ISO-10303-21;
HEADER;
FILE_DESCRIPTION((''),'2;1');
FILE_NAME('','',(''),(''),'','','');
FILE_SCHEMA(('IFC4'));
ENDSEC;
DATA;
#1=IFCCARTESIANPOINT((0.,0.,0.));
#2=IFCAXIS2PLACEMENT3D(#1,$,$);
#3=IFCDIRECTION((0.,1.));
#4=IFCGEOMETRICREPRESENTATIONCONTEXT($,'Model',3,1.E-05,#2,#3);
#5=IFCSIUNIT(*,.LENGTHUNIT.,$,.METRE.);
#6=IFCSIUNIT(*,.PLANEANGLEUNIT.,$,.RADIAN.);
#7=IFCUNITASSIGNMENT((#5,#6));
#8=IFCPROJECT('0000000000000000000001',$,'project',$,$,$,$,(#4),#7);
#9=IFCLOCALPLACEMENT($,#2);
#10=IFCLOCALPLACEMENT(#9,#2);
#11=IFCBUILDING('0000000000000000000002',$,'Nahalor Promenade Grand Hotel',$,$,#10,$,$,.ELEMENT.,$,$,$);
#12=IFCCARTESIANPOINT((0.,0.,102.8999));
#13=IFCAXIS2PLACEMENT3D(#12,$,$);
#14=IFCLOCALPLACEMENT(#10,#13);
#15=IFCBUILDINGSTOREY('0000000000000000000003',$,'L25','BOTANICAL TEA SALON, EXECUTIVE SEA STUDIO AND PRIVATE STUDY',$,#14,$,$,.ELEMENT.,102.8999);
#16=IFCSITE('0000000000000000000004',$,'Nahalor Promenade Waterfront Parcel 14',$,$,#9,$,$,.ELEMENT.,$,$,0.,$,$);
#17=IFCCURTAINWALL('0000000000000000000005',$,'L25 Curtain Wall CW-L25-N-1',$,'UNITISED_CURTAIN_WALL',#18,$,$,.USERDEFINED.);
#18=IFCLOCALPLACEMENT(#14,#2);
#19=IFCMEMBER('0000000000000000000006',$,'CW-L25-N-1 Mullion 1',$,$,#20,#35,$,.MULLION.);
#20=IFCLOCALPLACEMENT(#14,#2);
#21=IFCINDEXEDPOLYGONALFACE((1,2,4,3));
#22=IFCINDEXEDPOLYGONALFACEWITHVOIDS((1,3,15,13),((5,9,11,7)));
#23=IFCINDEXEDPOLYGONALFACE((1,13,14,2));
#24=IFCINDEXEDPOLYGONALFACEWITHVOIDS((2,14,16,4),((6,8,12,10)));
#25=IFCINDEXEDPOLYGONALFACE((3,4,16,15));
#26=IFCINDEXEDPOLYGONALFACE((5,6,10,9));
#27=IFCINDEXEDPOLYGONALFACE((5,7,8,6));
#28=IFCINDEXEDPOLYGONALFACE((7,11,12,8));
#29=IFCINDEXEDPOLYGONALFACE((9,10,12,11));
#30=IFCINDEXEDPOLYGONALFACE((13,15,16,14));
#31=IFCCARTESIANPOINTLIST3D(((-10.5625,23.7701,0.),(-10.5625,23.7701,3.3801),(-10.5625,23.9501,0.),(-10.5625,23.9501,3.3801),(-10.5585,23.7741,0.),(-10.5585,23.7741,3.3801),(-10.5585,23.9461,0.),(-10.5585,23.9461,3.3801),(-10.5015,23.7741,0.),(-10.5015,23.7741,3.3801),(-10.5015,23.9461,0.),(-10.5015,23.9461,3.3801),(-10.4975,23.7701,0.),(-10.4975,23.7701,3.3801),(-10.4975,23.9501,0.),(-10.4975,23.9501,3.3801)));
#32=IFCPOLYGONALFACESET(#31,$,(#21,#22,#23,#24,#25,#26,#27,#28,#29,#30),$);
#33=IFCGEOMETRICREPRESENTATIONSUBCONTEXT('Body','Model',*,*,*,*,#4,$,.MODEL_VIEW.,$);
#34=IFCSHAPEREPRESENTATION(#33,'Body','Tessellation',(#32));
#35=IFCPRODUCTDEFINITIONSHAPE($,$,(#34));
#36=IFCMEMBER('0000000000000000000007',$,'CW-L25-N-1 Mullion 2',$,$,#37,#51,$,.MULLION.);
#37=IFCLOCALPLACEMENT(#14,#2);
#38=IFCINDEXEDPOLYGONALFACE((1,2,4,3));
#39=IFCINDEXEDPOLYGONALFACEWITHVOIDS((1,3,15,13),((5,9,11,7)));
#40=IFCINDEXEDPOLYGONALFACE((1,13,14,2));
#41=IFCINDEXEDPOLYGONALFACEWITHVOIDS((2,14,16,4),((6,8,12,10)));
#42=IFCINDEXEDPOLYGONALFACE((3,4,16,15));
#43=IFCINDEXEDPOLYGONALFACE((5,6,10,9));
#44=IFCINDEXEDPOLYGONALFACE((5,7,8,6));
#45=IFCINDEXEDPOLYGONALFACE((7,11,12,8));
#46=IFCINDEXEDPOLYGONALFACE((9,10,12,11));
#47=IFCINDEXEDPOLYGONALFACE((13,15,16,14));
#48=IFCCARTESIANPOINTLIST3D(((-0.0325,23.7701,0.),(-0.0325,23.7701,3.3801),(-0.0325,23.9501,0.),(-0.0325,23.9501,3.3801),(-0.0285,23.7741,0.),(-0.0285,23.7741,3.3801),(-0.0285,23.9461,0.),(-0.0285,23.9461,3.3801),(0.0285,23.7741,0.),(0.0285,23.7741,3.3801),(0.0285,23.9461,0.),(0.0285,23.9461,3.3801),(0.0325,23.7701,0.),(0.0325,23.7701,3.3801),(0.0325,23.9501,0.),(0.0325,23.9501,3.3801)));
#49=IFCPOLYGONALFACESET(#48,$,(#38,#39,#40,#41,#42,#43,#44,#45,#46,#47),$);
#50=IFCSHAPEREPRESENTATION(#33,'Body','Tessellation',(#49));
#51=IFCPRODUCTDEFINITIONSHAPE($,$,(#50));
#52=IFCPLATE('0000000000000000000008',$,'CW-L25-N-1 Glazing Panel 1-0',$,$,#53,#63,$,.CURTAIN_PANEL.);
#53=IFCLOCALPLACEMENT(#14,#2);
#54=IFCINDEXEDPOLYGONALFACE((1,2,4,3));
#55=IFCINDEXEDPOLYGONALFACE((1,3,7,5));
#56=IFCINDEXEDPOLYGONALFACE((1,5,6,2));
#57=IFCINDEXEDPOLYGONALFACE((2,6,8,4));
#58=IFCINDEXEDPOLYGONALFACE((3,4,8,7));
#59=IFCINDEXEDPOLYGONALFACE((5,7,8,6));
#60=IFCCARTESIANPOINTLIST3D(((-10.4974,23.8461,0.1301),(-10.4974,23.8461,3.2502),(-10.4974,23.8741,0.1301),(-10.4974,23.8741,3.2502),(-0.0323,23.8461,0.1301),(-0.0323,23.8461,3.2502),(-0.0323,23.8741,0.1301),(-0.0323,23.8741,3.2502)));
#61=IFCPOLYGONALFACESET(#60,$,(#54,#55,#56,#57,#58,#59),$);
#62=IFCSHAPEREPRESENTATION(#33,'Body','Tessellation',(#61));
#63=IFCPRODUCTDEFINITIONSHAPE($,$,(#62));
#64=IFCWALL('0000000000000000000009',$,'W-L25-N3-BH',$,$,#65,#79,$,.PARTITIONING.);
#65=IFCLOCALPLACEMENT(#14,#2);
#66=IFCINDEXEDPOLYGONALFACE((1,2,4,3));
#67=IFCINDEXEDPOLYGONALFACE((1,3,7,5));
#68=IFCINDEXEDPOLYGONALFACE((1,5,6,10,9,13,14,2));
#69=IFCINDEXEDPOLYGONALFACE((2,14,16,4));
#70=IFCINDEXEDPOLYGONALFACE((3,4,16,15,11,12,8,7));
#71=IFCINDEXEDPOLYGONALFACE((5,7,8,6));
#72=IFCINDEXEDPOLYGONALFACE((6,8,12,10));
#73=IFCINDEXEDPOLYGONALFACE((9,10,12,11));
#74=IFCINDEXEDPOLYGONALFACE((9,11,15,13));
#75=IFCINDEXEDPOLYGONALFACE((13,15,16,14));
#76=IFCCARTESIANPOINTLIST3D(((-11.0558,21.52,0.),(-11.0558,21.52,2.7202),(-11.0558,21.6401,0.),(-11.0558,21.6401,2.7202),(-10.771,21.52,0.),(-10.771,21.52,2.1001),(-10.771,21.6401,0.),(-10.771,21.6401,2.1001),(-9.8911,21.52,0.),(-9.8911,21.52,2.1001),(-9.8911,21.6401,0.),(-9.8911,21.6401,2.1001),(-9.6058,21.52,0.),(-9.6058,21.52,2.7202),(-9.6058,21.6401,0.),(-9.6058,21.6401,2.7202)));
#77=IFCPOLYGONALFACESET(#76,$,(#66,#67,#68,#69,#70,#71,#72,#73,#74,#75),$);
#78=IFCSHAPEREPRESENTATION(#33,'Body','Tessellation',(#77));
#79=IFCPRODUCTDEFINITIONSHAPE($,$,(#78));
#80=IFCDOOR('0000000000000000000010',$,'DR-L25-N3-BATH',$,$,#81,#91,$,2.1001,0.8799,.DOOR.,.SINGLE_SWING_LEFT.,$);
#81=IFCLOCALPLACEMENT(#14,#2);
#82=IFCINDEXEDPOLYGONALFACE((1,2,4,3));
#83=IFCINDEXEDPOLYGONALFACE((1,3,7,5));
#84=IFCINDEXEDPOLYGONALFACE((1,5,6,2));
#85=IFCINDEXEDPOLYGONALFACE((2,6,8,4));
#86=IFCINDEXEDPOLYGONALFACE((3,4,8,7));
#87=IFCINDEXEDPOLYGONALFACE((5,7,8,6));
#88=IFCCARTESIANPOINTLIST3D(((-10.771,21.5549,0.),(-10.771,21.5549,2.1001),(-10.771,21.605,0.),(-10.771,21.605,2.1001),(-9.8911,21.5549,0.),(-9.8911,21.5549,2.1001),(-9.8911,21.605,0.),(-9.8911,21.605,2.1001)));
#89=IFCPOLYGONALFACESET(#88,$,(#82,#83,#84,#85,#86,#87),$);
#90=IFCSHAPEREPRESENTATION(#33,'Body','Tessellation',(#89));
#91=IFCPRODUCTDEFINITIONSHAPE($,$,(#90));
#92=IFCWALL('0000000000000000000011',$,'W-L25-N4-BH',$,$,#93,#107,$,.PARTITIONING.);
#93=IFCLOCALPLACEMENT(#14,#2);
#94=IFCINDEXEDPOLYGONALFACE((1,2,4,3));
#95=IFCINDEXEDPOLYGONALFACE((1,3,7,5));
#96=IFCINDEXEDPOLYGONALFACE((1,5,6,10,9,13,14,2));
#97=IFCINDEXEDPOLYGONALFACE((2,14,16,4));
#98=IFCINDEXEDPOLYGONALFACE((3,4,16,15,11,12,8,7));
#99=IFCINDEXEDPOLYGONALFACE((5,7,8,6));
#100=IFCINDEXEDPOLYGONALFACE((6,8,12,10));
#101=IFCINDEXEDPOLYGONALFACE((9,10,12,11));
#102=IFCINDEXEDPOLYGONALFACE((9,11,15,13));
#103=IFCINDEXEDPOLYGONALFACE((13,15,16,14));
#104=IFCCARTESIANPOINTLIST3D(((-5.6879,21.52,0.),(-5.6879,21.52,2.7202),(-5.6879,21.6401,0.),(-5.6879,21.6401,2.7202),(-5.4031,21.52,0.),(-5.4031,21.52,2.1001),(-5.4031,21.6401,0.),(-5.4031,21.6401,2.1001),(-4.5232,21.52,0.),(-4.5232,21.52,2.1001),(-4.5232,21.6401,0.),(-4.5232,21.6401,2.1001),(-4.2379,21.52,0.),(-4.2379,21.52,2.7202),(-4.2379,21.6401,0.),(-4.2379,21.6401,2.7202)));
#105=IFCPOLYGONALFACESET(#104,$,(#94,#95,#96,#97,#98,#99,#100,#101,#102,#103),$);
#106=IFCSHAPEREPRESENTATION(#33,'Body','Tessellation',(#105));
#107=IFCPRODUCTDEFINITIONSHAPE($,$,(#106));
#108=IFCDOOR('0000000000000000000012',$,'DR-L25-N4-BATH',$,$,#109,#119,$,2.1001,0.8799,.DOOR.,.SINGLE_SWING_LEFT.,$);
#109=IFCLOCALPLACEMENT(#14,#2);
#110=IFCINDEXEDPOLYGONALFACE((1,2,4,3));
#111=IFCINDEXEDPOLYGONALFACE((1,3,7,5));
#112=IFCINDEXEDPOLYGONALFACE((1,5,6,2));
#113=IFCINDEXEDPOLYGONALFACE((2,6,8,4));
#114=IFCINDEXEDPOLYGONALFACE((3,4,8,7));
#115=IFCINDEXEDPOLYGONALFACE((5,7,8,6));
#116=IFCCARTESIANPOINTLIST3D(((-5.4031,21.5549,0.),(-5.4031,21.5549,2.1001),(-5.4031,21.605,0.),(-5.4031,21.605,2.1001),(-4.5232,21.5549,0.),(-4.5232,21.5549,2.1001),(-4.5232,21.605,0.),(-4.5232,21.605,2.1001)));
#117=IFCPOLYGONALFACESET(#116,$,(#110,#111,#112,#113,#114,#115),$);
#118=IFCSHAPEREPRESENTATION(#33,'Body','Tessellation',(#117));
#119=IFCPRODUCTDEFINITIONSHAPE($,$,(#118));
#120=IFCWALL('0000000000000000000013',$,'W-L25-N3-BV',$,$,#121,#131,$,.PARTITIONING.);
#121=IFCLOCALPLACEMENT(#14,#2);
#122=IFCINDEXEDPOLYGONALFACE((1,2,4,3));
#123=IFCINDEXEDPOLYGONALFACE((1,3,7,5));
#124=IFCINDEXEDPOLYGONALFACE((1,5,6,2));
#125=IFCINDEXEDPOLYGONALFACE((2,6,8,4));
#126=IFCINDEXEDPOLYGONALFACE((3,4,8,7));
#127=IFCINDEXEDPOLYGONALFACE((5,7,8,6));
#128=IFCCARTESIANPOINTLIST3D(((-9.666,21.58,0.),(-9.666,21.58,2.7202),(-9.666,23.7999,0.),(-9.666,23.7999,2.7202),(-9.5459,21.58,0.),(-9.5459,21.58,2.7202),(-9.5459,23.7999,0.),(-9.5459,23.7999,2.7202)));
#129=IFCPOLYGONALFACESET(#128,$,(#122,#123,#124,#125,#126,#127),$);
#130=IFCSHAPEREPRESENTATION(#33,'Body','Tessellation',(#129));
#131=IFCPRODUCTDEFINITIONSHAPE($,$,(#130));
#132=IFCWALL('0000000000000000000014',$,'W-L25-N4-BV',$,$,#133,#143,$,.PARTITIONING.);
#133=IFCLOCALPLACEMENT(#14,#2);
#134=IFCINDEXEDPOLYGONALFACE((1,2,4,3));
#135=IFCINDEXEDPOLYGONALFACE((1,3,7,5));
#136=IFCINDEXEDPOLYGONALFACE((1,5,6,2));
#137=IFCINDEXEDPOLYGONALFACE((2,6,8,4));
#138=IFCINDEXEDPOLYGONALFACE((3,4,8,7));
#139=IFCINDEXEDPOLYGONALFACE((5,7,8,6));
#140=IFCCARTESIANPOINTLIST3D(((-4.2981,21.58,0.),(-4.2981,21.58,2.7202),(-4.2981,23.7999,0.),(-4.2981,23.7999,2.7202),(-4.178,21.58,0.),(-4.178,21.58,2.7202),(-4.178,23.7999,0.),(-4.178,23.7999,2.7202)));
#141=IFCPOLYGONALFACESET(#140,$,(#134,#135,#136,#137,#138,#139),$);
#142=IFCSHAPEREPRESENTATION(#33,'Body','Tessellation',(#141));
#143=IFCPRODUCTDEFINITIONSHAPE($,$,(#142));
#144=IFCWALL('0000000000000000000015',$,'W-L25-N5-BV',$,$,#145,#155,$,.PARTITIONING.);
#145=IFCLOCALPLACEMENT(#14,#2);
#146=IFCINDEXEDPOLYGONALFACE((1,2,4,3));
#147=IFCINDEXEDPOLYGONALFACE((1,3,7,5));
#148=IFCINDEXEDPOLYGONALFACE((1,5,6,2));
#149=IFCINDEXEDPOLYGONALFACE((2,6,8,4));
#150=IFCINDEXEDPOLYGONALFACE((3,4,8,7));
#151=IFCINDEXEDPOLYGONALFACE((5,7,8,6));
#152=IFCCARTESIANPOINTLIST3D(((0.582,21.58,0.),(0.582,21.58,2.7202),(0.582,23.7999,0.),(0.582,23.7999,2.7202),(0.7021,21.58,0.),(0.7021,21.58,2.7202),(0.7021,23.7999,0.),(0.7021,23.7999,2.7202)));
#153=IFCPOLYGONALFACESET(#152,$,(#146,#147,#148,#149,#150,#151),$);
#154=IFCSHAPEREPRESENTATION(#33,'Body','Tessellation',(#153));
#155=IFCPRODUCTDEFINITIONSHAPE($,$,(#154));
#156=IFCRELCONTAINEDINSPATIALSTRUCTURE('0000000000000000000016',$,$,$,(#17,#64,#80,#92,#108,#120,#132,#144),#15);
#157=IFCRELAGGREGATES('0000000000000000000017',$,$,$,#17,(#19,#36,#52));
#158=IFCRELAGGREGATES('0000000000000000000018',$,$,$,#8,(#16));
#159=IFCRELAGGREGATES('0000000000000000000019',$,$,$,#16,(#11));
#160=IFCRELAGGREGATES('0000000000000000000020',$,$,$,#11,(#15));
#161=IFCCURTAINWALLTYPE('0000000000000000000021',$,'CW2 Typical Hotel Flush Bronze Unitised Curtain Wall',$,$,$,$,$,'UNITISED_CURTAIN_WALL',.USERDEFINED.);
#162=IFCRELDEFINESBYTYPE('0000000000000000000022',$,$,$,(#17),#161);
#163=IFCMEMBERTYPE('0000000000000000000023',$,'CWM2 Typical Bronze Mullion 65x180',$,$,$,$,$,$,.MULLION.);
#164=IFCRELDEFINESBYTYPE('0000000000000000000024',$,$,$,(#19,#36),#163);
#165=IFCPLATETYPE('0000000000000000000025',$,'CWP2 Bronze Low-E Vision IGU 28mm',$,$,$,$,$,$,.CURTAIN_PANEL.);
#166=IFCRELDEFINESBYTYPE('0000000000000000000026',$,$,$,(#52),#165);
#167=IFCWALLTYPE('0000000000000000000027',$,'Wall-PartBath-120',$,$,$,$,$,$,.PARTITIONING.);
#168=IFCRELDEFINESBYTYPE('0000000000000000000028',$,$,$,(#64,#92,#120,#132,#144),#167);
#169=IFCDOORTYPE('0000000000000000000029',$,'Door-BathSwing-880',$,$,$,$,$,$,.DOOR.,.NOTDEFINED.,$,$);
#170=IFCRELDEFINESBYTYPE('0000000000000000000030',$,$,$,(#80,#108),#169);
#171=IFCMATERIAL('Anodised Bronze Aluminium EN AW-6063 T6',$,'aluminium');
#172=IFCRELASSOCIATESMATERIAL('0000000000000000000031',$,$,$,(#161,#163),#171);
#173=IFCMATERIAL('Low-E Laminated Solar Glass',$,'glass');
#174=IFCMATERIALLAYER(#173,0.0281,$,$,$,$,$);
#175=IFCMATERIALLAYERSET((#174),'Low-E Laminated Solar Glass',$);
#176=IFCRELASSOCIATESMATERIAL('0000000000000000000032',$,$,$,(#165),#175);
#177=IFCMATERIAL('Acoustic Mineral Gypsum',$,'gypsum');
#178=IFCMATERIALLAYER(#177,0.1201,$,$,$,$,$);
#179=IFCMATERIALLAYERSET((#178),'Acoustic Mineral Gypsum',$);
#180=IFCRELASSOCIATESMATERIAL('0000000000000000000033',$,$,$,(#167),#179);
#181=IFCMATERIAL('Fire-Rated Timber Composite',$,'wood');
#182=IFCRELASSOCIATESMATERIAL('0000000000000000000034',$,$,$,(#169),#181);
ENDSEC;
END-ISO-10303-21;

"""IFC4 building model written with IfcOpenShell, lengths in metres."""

from ifc_helpers import new_model, si_unit, direction, frame, frame_2d, origin, origin_2d, place, context, subcontext, project, spatial, rectangle, hollow_rectangle, extrude, source, transform, mapped, material, layer, layer_set, material_profile, profile_set, type_object, element, fill, aggregate, save


model = new_model("IFC4")

# Units and contexts
model_context = context("Model", 3, precision=1e-05, world=origin(), true_north=direction((0.0, 1.0)))
body_context = subcontext(model_context, "Body", "Model", "MODEL_VIEW")
ifc_project = project(units=[si_unit("LENGTHUNIT", "METRE"), si_unit("PLANEANGLEUNIT", "RADIAN")], contexts=[model_context])

# Site, building, storey
site_placement = place(None, origin())
site = spatial("IfcSite", under=ifc_project, at=site_placement, Name="Nahalor Promenade Waterfront Parcel 14", CompositionType="ELEMENT", RefElevation=0.0)
building_placement = place(site_placement, origin())
building = spatial("IfcBuilding", under=site, at=building_placement, Name="Nahalor Promenade Grand Hotel", CompositionType="ELEMENT")
storey_placement = place(building_placement, frame((0.0, 0.0, 102.8999)))
storey = spatial("IfcBuildingStorey", under=building, at=storey_placement, Name="L25", Description="BOTANICAL TEA SALON, EXECUTIVE SEA STUDIO AND PRIVATE STUDY", CompositionType="ELEMENT", Elevation=102.8999)

# Curtain wall, members, plate
ifc_material_1 = material(Name="Anodised Bronze Aluminium EN AW-6063 T6", Category="aluminium")
curtain_wall_type = type_object("IfcCurtainWallType", Name="CW2 Typical Hotel Flush Bronze Unitised Curtain Wall", ElementType="UNITISED_CURTAIN_WALL", PredefinedType="USERDEFINED", material=ifc_material_1)
curtain_wall_placement = place(storey_placement, origin())
curtain_wall = element("IfcCurtainWall", 1, at=curtain_wall_placement, inside=storey, type_object=curtain_wall_type, Name="L25 Curtain Wall CW-L25-N-1", ObjectType="UNITISED_CURTAIN_WALL", PredefinedType="USERDEFINED")
ifc_material_profile_1 = material_profile(ifc_material_1, hollow_rectangle(XDim=0.065, YDim=0.18, WallThickness=0.004, at=origin_2d()), Name="CWM 65x180x4")
ifc_profile_set_1 = profile_set([ifc_material_profile_1], Name="Anodised Bronze Aluminium EN AW-6063 T6")
member_type_1 = type_object("IfcMemberType", Name="CWM2 Typical Bronze Mullion 65x180", PredefinedType="MULLION", material=ifc_profile_set_1)
shared_shape_1 = source(origin(), body_context, "Body", "SweptSolid", [
    extrude(hollow_rectangle(XDim=0.065, YDim=0.18, WallThickness=0.004, at=origin_2d()), origin(), (0.0, 0.0, 1.0), 3.3801),
])
member_1_placement = place(storey_placement, frame((-10.53, 23.8601, 0.0), z_axis=(0.0, 0.0, 1.0), x_axis=(1.0, 0.0, 0.0)))
member_1 = element("IfcMember", 2, at=member_1_placement, type_object=member_type_1, Name="CW-L25-N-1 Mullion 1", PredefinedType="MULLION", context=body_context, shape_type="MappedRepresentation", body=[
    mapped(shared_shape_1, transform((0.0, 0.0, 0.0), scale=1.0)),
])
member_2_placement = place(storey_placement, frame((0.0, 23.8601, 0.0), z_axis=(0.0, 0.0, 1.0), x_axis=(1.0, 0.0, 0.0)))
member_2 = element("IfcMember", 3, at=member_2_placement, type_object=member_type_1, Name="CW-L25-N-1 Mullion 2", PredefinedType="MULLION", context=body_context, shape_type="MappedRepresentation", body=[
    mapped(shared_shape_1, transform((0.0, 0.0, 0.0), scale=1.0)),
])
ifc_material_2 = material(Name="Low-E Laminated Solar Glass", Category="glass")
ifc_layer_1 = layer(ifc_material_2, 0.0281)
ifc_layer_set_1 = layer_set([ifc_layer_1], Name="Low-E Laminated Solar Glass")
plate_type = type_object("IfcPlateType", Name="CWP2 Bronze Low-E Vision IGU 28mm", PredefinedType="CURTAIN_PANEL", material=ifc_layer_set_1)
shared_shape_2 = source(origin(), body_context, "Body", "SweptSolid", [
    extrude(rectangle(XDim=10.4651, YDim=0.0281, at=origin_2d()), origin(), (0.0, 0.0, 1.0), 3.1201),
])
plate_placement = place(storey_placement, frame((-5.2649, 23.8601, 0.1301), z_axis=(0.0, 0.0, 1.0), x_axis=(1.0, 0.0, 0.0)))
plate = element("IfcPlate", 4, at=plate_placement, type_object=plate_type, Name="CW-L25-N-1 Glazing Panel 1-0", PredefinedType="CURTAIN_PANEL", context=body_context, shape_type="MappedRepresentation", body=[
    mapped(shared_shape_2, transform((0.0, 0.0, 0.0), scale=1.0)),
])
aggregate(curtain_wall, [member_1, member_2, plate])

# Walls, openings, doors
ifc_material_3 = material(Name="Acoustic Mineral Gypsum", Category="gypsum")
ifc_layer_2 = layer(ifc_material_3, 0.1201)
ifc_layer_set_2 = layer_set([ifc_layer_2], Name="Acoustic Mineral Gypsum")
wall_type = type_object("IfcWallType", Name="Wall-PartBath-120", PredefinedType="PARTITIONING", material=ifc_layer_set_2)
shared_shape_3 = source(origin(), body_context, "Body", "SweptSolid", [
    extrude(rectangle(XDim=1.45, YDim=0.1201, at=frame_2d((0.7251, 0.0))), origin(), (0.0, 0.0, 1.0), 2.7202),
])
wall_1_placement = place(storey_placement, frame((-11.0559, 21.5801, 0.0), z_axis=(0.0, 0.0, 1.0), x_axis=(1.0, 0.0, 0.0)))
wall_1 = element("IfcWall", 5, at=wall_1_placement, inside=storey, type_object=wall_type, Name="W-L25-N3-BH", PredefinedType="PARTITIONING", context=body_context, shape_type="MappedRepresentation", body=[
    mapped(shared_shape_3, transform((0.0, 0.0, 0.0), scale=1.0)),
])
opening_1_placement = place(wall_1_placement, frame((0.2849, 0.0, 0.0)))
opening_1 = element("IfcOpeningElement", 6, at=opening_1_placement, cuts=wall_1, PredefinedType="OPENING", context=body_context, shape_type="SweptSolid", body=[
    extrude(rectangle(XDim=0.8799, YDim=2.1001, at=frame_2d((0.4399, 1.05))), frame((0.0, 0.0701, 0.0), z_axis=(0.0, -1.0, 0.0), x_axis=(1.0, 0.0, 0.0)), (0.0, 0.0, 1.0), 0.1401),
])
ifc_material_4 = material(Name="Fire-Rated Timber Composite", Category="wood")
door_type = type_object("IfcDoorType", Name="Door-BathSwing-880", OperationType="NOTDEFINED", PredefinedType="DOOR", material=ifc_material_4)
shared_shape_4 = source(origin(), body_context, "Body", "SweptSolid", [
    extrude(rectangle(XDim=0.8799, YDim=2.1001, at=frame_2d((0.4399, 1.05))), frame((0.0, 0.0249, 0.0), z_axis=(0.0, -1.0, 0.0), x_axis=(1.0, 0.0, 0.0)), (0.0, 0.0, 1.0), 0.05),
])
door_1_placement = place(opening_1_placement, origin())
door_1 = element("IfcDoor", 7, at=door_1_placement, inside=storey, type_object=door_type, Name="DR-L25-N3-BATH", OperationType="SINGLE_SWING_LEFT", OverallHeight=2.1001, OverallWidth=0.8799, PredefinedType="DOOR", context=body_context, shape_type="MappedRepresentation", body=[
    mapped(shared_shape_4, transform((0.0, 0.0, 0.0), scale=1.0)),
])
fill(opening_1, door_1)
wall_2_placement = place(storey_placement, frame((-5.688, 21.5801, 0.0), z_axis=(0.0, 0.0, 1.0), x_axis=(1.0, 0.0, 0.0)))
wall_2 = element("IfcWall", 8, at=wall_2_placement, inside=storey, type_object=wall_type, Name="W-L25-N4-BH", PredefinedType="PARTITIONING", context=body_context, shape_type="MappedRepresentation", body=[
    mapped(shared_shape_3, transform((0.0, 0.0, 0.0), scale=1.0)),
])
opening_2_placement = place(wall_2_placement, frame((0.2849, 0.0, 0.0)))
opening_2 = element("IfcOpeningElement", 9, at=opening_2_placement, cuts=wall_2, PredefinedType="OPENING", context=body_context, shape_type="SweptSolid", body=[
    extrude(rectangle(XDim=0.8799, YDim=2.1001, at=frame_2d((0.4399, 1.05))), frame((0.0, 0.0701, 0.0), z_axis=(0.0, -1.0, 0.0), x_axis=(1.0, 0.0, 0.0)), (0.0, 0.0, 1.0), 0.1401),
])
door_2_placement = place(opening_2_placement, origin())
door_2 = element("IfcDoor", 10, at=door_2_placement, inside=storey, type_object=door_type, Name="DR-L25-N4-BATH", OperationType="SINGLE_SWING_LEFT", OverallHeight=2.1001, OverallWidth=0.8799, PredefinedType="DOOR", context=body_context, shape_type="MappedRepresentation", body=[
    mapped(shared_shape_4, transform((0.0, 0.0, 0.0), scale=1.0)),
])
fill(opening_2, door_2)

# Walls
shared_shape_5 = source(origin(), body_context, "Body", "SweptSolid", [
    extrude(rectangle(XDim=2.22, YDim=0.1201, at=frame_2d((1.1099, 0.0))), origin(), (0.0, 0.0, 1.0), 2.7202),
])
for number, where, z_axis, x_axis, name in (
    (11, (-9.606, 21.5801, 0.0), (0.0, 0.0, 1.0), (0.0, 1.0, 0.0), "W-L25-N3-BV"),
    (12, (-4.238, 21.5801, 0.0), (0.0, 0.0, 1.0), (0.0, 1.0, 0.0), "W-L25-N4-BV"),
    (13, (0.6421, 21.5801, 0.0), (0.0, 0.0, 1.0), (0.0, 1.0, 0.0), "W-L25-N5-BV"),
):
    element("IfcWall", number, at=place(storey_placement, frame(where, z_axis=z_axis, x_axis=x_axis)), inside=storey, type_object=wall_type, Name=name, PredefinedType="PARTITIONING", context=body_context, shape_type="MappedRepresentation", body=[
        mapped(shared_shape_5, transform((0.0, 0.0, 0.0), scale=1.0)),
    ])

save(model, "model.ifc")
